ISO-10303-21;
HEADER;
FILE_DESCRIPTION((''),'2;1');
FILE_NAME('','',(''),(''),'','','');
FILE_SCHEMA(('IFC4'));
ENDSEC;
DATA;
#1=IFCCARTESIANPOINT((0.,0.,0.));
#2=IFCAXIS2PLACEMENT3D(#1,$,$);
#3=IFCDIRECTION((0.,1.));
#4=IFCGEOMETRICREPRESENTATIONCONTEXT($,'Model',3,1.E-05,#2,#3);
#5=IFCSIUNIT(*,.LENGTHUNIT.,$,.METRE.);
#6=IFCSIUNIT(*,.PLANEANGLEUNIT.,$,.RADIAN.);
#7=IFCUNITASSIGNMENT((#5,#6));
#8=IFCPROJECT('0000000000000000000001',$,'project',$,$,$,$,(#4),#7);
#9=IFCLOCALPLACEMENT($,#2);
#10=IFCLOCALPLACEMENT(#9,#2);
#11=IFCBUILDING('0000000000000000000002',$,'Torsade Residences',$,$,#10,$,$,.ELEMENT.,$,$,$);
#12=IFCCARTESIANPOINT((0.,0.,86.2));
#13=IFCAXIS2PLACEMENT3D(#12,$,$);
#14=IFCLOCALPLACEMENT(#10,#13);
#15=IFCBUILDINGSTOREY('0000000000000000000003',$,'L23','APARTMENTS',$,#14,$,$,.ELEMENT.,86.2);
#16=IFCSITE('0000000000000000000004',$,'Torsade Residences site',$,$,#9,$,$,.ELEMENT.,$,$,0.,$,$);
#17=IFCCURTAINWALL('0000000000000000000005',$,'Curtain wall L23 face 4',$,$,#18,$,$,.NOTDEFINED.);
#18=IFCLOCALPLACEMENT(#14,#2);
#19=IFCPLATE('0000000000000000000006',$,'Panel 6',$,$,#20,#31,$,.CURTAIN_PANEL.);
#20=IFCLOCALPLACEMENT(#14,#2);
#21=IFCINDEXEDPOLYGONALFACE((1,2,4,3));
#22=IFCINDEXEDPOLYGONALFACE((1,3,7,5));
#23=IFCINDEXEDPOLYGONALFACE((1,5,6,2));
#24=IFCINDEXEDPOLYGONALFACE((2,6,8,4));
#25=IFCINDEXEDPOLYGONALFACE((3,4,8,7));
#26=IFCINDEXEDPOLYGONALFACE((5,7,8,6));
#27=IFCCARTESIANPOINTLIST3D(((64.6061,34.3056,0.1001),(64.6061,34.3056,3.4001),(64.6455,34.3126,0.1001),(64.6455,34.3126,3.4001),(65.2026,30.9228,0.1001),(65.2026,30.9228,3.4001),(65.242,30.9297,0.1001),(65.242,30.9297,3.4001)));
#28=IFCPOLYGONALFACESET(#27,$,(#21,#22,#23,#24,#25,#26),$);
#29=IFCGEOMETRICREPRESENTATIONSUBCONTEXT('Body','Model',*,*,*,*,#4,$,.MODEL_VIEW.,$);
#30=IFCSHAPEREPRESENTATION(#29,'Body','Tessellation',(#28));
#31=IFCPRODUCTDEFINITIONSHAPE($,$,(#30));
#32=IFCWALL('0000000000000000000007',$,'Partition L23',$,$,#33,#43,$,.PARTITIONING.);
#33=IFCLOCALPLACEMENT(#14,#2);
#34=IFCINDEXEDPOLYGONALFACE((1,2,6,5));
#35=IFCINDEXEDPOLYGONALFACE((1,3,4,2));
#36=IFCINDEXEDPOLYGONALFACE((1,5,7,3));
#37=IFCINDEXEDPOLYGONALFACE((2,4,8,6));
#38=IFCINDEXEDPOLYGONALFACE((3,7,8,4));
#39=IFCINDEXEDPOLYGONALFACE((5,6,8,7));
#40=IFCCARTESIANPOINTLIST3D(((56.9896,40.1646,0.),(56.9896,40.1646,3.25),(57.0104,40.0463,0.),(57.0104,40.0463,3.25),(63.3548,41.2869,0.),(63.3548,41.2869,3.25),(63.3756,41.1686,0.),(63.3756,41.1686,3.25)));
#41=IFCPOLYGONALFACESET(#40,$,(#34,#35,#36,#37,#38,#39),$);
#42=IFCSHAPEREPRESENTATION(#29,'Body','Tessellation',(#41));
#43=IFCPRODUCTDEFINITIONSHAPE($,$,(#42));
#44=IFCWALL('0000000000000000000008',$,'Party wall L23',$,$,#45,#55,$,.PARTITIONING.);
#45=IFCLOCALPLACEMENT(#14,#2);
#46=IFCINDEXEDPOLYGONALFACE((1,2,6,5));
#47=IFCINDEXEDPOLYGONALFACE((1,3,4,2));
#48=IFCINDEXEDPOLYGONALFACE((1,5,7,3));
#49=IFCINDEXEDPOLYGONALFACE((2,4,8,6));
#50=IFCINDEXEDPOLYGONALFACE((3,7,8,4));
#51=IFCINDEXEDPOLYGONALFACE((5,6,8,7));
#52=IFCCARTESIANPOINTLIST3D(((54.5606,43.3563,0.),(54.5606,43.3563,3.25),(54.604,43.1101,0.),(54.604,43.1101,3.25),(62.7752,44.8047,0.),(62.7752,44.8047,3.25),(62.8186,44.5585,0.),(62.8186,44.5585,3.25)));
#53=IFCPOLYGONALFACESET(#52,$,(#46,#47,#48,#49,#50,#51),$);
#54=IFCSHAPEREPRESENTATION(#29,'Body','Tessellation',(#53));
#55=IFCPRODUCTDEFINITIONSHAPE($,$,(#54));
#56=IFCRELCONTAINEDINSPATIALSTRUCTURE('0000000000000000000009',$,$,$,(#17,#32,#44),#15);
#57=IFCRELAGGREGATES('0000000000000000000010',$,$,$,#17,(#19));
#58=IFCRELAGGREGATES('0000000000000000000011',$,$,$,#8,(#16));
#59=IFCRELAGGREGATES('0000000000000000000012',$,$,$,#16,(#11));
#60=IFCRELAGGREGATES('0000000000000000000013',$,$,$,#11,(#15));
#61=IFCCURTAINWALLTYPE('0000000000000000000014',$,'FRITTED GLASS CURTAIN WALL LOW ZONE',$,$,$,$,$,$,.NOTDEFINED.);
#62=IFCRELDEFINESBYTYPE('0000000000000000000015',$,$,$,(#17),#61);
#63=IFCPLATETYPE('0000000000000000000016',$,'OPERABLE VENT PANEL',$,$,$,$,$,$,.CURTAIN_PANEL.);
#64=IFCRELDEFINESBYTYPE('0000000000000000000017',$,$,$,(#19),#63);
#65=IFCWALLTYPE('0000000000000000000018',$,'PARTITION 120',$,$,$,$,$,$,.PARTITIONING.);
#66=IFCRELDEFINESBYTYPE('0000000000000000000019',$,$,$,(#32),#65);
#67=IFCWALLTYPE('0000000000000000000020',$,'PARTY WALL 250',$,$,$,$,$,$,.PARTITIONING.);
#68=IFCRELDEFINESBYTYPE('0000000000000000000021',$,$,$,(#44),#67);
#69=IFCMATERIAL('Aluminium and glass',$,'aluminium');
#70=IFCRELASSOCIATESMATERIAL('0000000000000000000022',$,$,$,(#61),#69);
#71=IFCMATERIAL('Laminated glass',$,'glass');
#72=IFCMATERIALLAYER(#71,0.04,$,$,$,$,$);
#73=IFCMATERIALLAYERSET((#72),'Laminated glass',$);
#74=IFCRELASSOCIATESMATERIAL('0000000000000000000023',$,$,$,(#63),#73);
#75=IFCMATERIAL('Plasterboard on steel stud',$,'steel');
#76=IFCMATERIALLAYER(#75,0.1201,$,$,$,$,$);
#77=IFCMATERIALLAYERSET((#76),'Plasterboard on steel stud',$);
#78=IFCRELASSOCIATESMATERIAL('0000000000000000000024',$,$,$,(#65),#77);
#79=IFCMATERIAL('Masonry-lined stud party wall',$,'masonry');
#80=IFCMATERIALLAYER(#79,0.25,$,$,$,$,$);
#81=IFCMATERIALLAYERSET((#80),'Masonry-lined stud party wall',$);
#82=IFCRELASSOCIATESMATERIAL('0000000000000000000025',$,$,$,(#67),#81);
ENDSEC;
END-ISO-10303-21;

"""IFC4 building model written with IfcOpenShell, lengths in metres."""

from ifc_helpers import new_model, si_unit, direction, frame, frame_2d, origin, origin_2d, place, context, subcontext, project, spatial, rectangle, extrude, material, layer, layer_set, type_object, element, aggregate, save


model = new_model("IFC4")

# Units and contexts
model_context = context("Model", 3, precision=1e-05, world=origin(), true_north=direction((0.0, 1.0)))
body_context = subcontext(model_context, "Body", "Model", "MODEL_VIEW")
ifc_project = project(units=[si_unit("LENGTHUNIT", "METRE"), si_unit("PLANEANGLEUNIT", "RADIAN")], contexts=[model_context])

# Site, building, storey
site_placement = place(None, origin())
site = spatial("IfcSite", under=ifc_project, at=site_placement, Name="Torsade Residences site", CompositionType="ELEMENT", RefElevation=0.0)
building_placement = place(site_placement, origin())
building = spatial("IfcBuilding", under=site, at=building_placement, Name="Torsade Residences", CompositionType="ELEMENT")
storey_placement = place(building_placement, frame((0.0, 0.0, 86.2)))
storey = spatial("IfcBuildingStorey", under=building, at=storey_placement, Name="L23", Description="APARTMENTS", CompositionType="ELEMENT", Elevation=86.2)

# Curtain wall
ifc_material_1 = material(Name="Aluminium and glass", Category="aluminium")
curtain_wall_type = type_object("IfcCurtainWallType", Name="FRITTED GLASS CURTAIN WALL LOW ZONE", PredefinedType="NOTDEFINED", material=ifc_material_1)
curtain_wall_placement = place(storey_placement, origin())
curtain_wall = element("IfcCurtainWall", 1, at=curtain_wall_placement, inside=storey, type_object=curtain_wall_type, Name="Curtain wall L23 face 4", PredefinedType="NOTDEFINED")

# Plate
ifc_material_2 = material(Name="Laminated glass", Category="glass")
ifc_layer_1 = layer(ifc_material_2, 0.04)
ifc_layer_set_1 = layer_set([ifc_layer_1], Name="Laminated glass")
plate_type_1 = type_object("IfcPlateType", Name="OPERABLE VENT PANEL", PredefinedType="CURTAIN_PANEL", material=ifc_layer_set_1)
plate_1_placement = place(storey_placement, frame((64.9241, 32.6177, 0.1001), z_axis=(0.0, 0.0, 1.0), x_axis=(-0.173648, 0.984808, 0.0)))
plate_1 = element("IfcPlate", 2, at=plate_1_placement, type_object=plate_type_1, Name="Panel 6", PredefinedType="CURTAIN_PANEL", context=body_context, shape_type="SweptSolid", body=[
    extrude(rectangle(XDim=3.4351, YDim=0.04, at=origin_2d()), origin(), (0.0, 0.0, 1.0), 3.3),
])
aggregate(curtain_wall, [plate_1])

# Walls
ifc_material_3 = material(Name="Plasterboard on steel stud", Category="steel")
ifc_layer_2 = layer(ifc_material_3, 0.1201)
ifc_layer_set_2 = layer_set([ifc_layer_2], Name="Plasterboard on steel stud")
wall_type_1 = type_object("IfcWallType", Name="PARTITION 120", PredefinedType="PARTITIONING", material=ifc_layer_set_2)
wall_1_placement = place(storey_placement, frame((57.0, 40.1055, 0.0), z_axis=(0.0, 0.0, 1.0), x_axis=(0.984809, 0.173641, 0.0)))
element("IfcWall", 3, at=wall_1_placement, inside=storey, type_object=wall_type_1, Name="Partition L23", PredefinedType="PARTITIONING", context=body_context, shape_type="SweptSolid", body=[
    extrude(rectangle(XDim=6.4634, YDim=0.1201, at=frame_2d((3.2317, 0.0))), origin(), (0.0, 0.0, 1.0), 3.25),
])
ifc_material_4 = material(Name="Masonry-lined stud party wall", Category="masonry")
ifc_layer_3 = layer(ifc_material_4, 0.25)
ifc_layer_set_3 = layer_set([ifc_layer_3], Name="Masonry-lined stud party wall")
wall_type_2 = type_object("IfcWallType", Name="PARTY WALL 250", PredefinedType="PARTITIONING", material=ifc_layer_set_3)
wall_2_placement = place(storey_placement, frame((62.7969, 44.6816, 0.0), z_axis=(0.0, 0.0, 1.0), x_axis=(-0.984807, -0.173652, 0.0)))
element("IfcWall", 4, at=wall_2_placement, inside=storey, type_object=wall_type_2, Name="Party wall L23", PredefinedType="PARTITIONING", context=body_context, shape_type="SweptSolid", body=[
    extrude(rectangle(XDim=8.3413, YDim=0.25, at=frame_2d((4.1707, 0.0))), origin(), (0.0, 0.0, 1.0), 3.25),
])

save(model, "model.ifc")
